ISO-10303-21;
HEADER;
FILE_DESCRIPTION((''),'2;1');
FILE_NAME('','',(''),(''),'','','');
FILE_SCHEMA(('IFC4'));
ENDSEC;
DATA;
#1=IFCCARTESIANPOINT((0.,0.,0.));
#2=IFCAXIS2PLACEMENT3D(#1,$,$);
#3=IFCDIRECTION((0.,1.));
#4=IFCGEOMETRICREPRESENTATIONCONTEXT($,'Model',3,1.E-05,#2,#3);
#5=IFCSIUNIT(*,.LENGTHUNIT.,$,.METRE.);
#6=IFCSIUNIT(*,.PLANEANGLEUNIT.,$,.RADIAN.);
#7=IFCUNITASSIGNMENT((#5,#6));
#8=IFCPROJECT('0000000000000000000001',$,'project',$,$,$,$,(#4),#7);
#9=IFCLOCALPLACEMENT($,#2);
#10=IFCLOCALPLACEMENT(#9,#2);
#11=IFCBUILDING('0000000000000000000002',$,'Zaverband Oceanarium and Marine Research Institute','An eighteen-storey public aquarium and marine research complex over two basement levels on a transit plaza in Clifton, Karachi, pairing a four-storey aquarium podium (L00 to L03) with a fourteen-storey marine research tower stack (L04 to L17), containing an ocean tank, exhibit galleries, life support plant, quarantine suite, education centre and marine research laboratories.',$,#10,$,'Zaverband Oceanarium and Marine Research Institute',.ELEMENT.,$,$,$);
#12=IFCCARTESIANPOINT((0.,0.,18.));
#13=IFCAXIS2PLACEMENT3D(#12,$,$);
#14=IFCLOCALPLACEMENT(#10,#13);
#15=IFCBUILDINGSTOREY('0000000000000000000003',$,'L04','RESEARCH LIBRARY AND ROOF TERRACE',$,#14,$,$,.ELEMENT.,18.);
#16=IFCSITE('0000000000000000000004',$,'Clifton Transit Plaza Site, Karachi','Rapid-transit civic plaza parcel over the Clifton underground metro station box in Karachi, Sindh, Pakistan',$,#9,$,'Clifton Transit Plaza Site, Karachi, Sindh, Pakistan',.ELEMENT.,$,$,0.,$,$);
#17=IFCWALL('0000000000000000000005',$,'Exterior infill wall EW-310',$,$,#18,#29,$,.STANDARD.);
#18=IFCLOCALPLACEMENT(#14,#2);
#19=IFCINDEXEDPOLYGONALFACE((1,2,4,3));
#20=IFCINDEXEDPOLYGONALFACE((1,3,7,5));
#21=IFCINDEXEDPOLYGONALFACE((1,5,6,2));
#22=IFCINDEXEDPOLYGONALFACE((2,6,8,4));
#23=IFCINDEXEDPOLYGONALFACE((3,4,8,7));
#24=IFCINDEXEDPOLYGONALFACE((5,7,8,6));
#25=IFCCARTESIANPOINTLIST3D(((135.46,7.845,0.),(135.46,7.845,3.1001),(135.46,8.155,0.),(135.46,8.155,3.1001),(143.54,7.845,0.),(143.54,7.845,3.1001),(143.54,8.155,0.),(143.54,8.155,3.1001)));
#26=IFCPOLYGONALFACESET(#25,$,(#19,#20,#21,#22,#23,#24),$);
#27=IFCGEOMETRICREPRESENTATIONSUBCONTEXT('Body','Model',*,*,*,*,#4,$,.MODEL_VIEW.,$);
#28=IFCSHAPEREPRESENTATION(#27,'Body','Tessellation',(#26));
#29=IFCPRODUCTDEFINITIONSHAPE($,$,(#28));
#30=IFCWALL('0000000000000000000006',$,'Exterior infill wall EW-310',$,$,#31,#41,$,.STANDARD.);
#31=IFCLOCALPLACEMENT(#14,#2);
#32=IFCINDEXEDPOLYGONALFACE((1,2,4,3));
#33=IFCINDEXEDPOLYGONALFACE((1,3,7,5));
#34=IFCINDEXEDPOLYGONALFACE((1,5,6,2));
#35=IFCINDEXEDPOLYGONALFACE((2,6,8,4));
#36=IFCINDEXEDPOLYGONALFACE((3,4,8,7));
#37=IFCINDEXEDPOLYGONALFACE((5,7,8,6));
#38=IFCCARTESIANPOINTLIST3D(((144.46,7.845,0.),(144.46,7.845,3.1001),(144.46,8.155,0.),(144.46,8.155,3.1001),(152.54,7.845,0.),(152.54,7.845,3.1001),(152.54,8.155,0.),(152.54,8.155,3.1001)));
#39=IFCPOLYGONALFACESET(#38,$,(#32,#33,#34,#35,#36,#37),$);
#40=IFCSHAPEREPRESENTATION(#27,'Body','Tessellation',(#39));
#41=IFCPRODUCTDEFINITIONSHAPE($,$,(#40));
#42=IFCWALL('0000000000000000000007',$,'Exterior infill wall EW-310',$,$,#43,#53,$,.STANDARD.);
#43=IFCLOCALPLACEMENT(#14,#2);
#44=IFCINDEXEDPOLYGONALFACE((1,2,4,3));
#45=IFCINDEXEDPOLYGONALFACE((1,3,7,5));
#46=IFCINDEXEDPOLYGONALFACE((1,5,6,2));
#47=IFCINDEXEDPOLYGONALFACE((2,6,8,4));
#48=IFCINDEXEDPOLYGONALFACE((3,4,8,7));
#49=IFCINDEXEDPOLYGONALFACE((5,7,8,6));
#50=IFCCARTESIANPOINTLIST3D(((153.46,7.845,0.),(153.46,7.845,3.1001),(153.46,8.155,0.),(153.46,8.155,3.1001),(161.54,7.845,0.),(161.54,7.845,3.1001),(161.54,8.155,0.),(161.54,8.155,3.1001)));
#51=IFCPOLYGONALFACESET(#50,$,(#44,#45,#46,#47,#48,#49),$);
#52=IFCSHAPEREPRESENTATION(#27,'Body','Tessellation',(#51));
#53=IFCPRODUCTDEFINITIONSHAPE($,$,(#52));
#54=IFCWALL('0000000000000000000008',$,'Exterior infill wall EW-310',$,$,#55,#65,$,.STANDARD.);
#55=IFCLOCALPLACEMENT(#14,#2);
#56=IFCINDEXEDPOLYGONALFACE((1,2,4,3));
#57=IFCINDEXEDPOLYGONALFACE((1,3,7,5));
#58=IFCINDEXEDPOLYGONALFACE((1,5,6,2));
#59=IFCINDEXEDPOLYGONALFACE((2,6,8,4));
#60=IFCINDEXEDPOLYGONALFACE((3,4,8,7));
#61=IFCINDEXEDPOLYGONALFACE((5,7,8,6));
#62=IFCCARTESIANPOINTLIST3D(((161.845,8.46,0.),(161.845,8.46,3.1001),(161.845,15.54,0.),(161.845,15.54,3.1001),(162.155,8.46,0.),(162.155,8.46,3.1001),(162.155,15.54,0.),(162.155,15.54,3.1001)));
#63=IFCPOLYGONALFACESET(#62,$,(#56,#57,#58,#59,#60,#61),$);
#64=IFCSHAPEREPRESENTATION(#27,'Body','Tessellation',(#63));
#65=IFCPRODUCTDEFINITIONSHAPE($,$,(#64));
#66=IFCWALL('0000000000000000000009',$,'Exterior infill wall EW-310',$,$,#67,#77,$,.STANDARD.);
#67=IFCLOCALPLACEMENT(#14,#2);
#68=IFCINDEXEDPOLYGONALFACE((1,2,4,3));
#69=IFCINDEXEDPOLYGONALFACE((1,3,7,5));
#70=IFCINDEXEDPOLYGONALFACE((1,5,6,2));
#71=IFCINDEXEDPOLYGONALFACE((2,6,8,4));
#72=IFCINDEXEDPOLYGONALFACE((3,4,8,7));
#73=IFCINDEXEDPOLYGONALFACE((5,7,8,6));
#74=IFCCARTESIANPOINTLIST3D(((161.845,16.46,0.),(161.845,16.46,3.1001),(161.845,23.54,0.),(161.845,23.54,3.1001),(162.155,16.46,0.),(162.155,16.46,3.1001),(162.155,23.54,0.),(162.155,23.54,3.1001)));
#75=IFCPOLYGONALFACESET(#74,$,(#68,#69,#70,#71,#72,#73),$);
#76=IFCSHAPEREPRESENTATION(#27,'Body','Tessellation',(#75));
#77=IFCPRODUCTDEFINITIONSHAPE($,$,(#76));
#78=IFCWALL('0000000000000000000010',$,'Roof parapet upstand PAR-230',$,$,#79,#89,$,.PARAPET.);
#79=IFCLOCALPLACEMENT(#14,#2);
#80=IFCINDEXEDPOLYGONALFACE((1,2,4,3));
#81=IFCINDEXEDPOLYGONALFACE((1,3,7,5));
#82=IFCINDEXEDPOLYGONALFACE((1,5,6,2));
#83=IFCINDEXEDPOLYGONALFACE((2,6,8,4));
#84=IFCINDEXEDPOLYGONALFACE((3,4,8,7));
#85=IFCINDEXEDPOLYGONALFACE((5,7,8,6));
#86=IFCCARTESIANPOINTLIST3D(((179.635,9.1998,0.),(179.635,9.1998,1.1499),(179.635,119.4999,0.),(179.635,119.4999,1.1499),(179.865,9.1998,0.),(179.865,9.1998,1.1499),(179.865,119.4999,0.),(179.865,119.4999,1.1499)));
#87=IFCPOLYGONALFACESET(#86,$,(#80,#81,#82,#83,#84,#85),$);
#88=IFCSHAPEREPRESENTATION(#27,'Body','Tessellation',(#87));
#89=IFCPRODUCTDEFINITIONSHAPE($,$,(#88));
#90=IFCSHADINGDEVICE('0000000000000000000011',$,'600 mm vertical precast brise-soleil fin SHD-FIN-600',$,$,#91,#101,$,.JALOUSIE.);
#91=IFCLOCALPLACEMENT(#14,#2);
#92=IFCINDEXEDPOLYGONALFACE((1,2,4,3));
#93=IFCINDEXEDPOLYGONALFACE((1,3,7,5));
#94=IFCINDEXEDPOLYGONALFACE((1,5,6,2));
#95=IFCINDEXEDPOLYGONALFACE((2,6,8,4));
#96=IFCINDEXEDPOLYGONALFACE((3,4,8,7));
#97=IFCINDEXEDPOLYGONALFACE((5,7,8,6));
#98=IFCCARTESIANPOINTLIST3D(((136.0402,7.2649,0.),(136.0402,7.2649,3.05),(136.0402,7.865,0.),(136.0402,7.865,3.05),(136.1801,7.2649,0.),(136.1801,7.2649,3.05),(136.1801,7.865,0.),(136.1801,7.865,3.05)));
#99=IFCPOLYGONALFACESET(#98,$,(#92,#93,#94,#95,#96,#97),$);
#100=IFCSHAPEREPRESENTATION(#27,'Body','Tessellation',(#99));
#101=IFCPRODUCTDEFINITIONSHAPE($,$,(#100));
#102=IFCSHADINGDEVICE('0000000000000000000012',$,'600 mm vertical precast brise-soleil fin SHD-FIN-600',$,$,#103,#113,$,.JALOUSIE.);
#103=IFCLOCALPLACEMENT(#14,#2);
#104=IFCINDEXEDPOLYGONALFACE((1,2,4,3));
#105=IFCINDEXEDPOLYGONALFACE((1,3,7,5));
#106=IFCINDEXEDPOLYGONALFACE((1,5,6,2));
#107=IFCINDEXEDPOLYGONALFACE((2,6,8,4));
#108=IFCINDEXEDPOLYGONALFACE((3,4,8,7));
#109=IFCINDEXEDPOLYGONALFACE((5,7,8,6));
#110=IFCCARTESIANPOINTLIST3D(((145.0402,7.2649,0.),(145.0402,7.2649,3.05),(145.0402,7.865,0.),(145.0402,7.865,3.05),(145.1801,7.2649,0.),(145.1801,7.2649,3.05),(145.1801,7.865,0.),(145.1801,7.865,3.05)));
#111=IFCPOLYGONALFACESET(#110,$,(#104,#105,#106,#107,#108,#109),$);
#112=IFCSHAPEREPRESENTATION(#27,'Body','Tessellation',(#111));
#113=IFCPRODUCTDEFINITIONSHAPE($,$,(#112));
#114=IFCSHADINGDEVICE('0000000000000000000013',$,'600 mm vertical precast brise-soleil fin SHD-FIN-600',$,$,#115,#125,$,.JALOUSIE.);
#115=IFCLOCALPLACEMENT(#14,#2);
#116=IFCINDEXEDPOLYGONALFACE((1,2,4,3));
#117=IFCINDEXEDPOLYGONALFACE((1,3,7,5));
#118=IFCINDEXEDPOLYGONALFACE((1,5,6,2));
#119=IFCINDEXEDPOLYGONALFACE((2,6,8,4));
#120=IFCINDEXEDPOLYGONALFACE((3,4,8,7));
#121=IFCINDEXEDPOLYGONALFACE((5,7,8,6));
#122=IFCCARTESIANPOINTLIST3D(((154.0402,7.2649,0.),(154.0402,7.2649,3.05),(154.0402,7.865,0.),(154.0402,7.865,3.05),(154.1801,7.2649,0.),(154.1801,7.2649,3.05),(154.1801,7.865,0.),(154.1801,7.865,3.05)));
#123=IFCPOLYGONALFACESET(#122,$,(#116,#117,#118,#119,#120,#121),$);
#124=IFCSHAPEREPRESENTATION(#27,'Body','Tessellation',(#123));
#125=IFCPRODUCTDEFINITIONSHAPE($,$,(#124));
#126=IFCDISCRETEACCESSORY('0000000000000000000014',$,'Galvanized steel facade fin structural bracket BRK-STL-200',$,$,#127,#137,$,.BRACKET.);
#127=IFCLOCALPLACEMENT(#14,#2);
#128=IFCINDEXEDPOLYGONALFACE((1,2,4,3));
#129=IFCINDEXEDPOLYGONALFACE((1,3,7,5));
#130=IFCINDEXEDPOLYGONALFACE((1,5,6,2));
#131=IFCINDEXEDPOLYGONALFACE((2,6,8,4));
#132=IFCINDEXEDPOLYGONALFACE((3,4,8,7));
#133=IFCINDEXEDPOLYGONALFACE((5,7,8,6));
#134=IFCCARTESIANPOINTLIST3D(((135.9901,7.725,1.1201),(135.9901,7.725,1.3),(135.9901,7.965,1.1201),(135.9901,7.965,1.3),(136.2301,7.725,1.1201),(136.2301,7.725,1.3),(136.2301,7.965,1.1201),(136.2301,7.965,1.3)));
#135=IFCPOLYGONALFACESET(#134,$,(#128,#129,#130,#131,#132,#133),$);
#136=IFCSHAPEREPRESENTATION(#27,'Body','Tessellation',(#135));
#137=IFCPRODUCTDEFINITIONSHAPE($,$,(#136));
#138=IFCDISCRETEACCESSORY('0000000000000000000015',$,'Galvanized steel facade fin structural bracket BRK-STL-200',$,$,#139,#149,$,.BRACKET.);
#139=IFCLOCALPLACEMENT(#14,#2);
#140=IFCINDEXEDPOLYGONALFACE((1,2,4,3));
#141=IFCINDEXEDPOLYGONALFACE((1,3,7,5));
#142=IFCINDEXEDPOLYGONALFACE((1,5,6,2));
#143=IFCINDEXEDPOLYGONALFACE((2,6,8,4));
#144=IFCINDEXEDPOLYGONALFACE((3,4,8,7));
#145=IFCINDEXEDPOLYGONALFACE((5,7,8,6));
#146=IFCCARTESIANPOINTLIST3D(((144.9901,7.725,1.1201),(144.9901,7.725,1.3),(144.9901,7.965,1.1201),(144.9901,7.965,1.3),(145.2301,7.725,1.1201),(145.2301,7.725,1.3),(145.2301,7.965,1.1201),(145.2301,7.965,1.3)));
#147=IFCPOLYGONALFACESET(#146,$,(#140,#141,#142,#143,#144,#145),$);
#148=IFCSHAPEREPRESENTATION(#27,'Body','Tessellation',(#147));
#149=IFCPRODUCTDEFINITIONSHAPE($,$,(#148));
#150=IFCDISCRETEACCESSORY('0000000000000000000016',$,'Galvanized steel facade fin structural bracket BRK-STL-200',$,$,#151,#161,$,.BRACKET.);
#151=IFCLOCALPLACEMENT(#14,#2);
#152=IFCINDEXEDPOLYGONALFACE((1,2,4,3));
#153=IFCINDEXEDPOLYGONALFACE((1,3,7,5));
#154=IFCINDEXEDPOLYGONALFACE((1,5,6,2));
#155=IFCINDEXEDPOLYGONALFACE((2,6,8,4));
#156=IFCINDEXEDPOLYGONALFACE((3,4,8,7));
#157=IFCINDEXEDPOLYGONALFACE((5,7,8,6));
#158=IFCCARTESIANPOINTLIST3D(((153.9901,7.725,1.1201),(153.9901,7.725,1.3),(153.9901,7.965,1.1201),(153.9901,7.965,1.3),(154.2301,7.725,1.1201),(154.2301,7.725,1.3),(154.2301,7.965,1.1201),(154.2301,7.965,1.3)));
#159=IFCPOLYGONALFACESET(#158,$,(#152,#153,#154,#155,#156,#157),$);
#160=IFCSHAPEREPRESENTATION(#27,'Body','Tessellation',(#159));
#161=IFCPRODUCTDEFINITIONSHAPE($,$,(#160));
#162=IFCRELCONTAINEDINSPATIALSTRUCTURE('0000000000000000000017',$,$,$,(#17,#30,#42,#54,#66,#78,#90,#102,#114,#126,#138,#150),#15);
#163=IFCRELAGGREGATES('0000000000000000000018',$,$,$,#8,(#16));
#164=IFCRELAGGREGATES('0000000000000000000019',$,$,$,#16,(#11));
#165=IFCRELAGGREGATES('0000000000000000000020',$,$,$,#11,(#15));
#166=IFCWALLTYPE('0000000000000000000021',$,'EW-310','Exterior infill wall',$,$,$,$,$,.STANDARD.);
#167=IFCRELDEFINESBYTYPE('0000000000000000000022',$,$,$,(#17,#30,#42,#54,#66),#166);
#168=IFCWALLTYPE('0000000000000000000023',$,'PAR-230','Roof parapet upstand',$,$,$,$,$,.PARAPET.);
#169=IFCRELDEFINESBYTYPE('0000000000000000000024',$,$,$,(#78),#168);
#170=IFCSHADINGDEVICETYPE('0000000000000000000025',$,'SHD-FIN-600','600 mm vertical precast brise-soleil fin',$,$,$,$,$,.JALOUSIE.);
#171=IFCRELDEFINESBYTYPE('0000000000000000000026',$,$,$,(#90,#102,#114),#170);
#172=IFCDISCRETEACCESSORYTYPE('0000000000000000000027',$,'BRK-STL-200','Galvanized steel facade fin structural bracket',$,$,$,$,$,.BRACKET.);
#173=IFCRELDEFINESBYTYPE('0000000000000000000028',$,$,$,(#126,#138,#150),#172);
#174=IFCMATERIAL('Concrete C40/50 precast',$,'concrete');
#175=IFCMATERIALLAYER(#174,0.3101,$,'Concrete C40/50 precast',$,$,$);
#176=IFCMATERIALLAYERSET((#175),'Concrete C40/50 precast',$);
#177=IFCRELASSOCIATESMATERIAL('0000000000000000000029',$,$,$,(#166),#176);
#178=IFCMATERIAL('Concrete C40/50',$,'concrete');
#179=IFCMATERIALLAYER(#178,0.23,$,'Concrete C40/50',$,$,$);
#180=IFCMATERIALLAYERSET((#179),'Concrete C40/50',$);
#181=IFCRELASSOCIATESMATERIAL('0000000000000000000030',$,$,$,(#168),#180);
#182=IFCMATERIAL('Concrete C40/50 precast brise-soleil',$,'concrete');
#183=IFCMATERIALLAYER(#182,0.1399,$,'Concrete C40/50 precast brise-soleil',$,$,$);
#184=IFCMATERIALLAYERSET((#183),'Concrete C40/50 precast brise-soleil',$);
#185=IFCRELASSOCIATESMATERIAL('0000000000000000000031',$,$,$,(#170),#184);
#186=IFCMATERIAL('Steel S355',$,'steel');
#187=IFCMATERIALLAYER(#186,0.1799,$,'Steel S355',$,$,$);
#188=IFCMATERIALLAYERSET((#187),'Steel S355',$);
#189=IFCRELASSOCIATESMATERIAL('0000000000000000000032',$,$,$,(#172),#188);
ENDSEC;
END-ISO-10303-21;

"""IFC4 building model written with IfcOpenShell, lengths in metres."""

from ifc_helpers import new_model, si_unit, direction, frame, frame_2d, origin, origin_2d, place, context, subcontext, project, spatial, rectangle, extrude, material, layer, layer_set, type_object, element, save


model = new_model("IFC4")

# Units and contexts
model_context = context("Model", 3, precision=1e-05, world=origin(), true_north=direction((0.0, 1.0)))
body_context = subcontext(model_context, "Body", "Model", "MODEL_VIEW")
ifc_project = project(units=[si_unit("LENGTHUNIT", "METRE"), si_unit("PLANEANGLEUNIT", "RADIAN")], contexts=[model_context])

# Site, building, storey
site_placement = place(None, origin())
site = spatial("IfcSite", under=ifc_project, at=site_placement, Name="Clifton Transit Plaza Site, Karachi", Description="Rapid-transit civic plaza parcel over the Clifton underground metro station box in Karachi, Sindh, Pakistan", LongName="Clifton Transit Plaza Site, Karachi, Sindh, Pakistan", CompositionType="ELEMENT", RefElevation=0.0)
building_placement = place(site_placement, origin())
building = spatial("IfcBuilding", under=site, at=building_placement, Name="Zaverband Oceanarium and Marine Research Institute", Description="An eighteen-storey public aquarium and marine research complex over two basement levels on a transit plaza in Clifton, Karachi, pairing a four-storey aquarium podium (L00 to L03) with a fourteen-storey marine research tower stack (L04 to L17), containing an ocean tank, exhibit galleries, life support plant, quarantine suite, education centre and marine research laboratories.", LongName="Zaverband Oceanarium and Marine Research Institute", CompositionType="ELEMENT")
storey_placement = place(building_placement, frame((0.0, 0.0, 18.0)))
storey = spatial("IfcBuildingStorey", under=building, at=storey_placement, Name="L04", Description="RESEARCH LIBRARY AND ROOF TERRACE", CompositionType="ELEMENT", Elevation=18.0)

# Shared definitions
ifc_material_1 = material(Name="Steel S355", Category="steel")

# Walls
ifc_material_2 = material(Name="Concrete C40/50 precast", Category="concrete")
ifc_layer_1 = layer(ifc_material_2, 0.3101, Name="Concrete C40/50 precast")
ifc_layer_set_1 = layer_set([ifc_layer_1], Name="Concrete C40/50 precast")
wall_type_1 = type_object("IfcWallType", Name="EW-310", Description="Exterior infill wall", PredefinedType="STANDARD", material=ifc_layer_set_1)
for number, where, z_axis, x_axis, name in (
    (1, (135.46, 8.0, 0.0), (0.0, 0.0, 1.0), (1.0, 0.0, 0.0), "Exterior infill wall EW-310"),
    (2, (144.46, 8.0, 0.0), (0.0, 0.0, 1.0), (1.0, 0.0, 0.0), "Exterior infill wall EW-310"),
    (3, (153.46, 8.0, 0.0), (0.0, 0.0, 1.0), (1.0, 0.0, 0.0), "Exterior infill wall EW-310"),
):
    element("IfcWall", number, at=place(storey_placement, frame(where, z_axis=z_axis, x_axis=x_axis)), inside=storey, type_object=wall_type_1, Name=name, PredefinedType="STANDARD", context=body_context, shape_type="SweptSolid", body=[
        extrude(rectangle(XDim=8.0801, YDim=0.3101, at=frame_2d((4.04, 0.0))), origin(), (0.0, 0.0, 1.0), 3.1001),
    ])
for number, where, z_axis, x_axis, name in (
    (4, (162.0, 8.46, 0.0), (0.0, 0.0, 1.0), (0.0, 1.0, 0.0), "Exterior infill wall EW-310"),
    (5, (162.0, 16.46, 0.0), (0.0, 0.0, 1.0), (0.0, 1.0, 0.0), "Exterior infill wall EW-310"),
):
    element("IfcWall", number, at=place(storey_placement, frame(where, z_axis=z_axis, x_axis=x_axis)), inside=storey, type_object=wall_type_1, Name=name, PredefinedType="STANDARD", context=body_context, shape_type="SweptSolid", body=[
        extrude(rectangle(XDim=7.0801, YDim=0.3101, at=frame_2d((3.54, 0.0))), origin(), (0.0, 0.0, 1.0), 3.1001),
    ])
ifc_material_3 = material(Name="Concrete C40/50", Category="concrete")
ifc_layer_2 = layer(ifc_material_3, 0.23, Name="Concrete C40/50")
ifc_layer_set_2 = layer_set([ifc_layer_2], Name="Concrete C40/50")
wall_type_2 = type_object("IfcWallType", Name="PAR-230", Description="Roof parapet upstand", PredefinedType="PARAPET", material=ifc_layer_set_2)
wall_placement = place(storey_placement, frame((179.75, 9.2, 0.0), z_axis=(0.0, 0.0, 1.0), x_axis=(0.0, 1.0, 0.0)))
element("IfcWall", 6, at=wall_placement, inside=storey, type_object=wall_type_2, Name="Roof parapet upstand PAR-230", PredefinedType="PARAPET", context=body_context, shape_type="SweptSolid", body=[
    extrude(rectangle(XDim=110.3, YDim=0.23, at=frame_2d((55.1499, 0.0))), origin(), (0.0, 0.0, 1.0), 1.1499),
])

# Shading devices
ifc_material_4 = material(Name="Concrete C40/50 precast brise-soleil", Category="concrete")
ifc_layer_3 = layer(ifc_material_4, 0.1399, Name="Concrete C40/50 precast brise-soleil")
ifc_layer_set_3 = layer_set([ifc_layer_3], Name="Concrete C40/50 precast brise-soleil")
shading_device_type = type_object("IfcShadingDeviceType", Name="SHD-FIN-600", Description="600 mm vertical precast brise-soleil fin", PredefinedType="JALOUSIE", material=ifc_layer_set_3)
for number, where, z_axis, x_axis, name in (
    (7, (136.1101, 7.865, 0.0), (0.0, 0.0, 1.0), (0.0, -1.0, 0.0), "600 mm vertical precast brise-soleil fin SHD-FIN-600"),
    (8, (145.1101, 7.865, 0.0), (0.0, 0.0, 1.0), (0.0, -1.0, 0.0), "600 mm vertical precast brise-soleil fin SHD-FIN-600"),
    (9, (154.1101, 7.865, 0.0), (0.0, 0.0, 1.0), (0.0, -1.0, 0.0), "600 mm vertical precast brise-soleil fin SHD-FIN-600"),
):
    element("IfcShadingDevice", number, at=place(storey_placement, frame(where, z_axis=z_axis, x_axis=x_axis)), inside=storey, type_object=shading_device_type, Name=name, PredefinedType="JALOUSIE", context=body_context, shape_type="SweptSolid", body=[
        extrude(rectangle(XDim=0.6001, YDim=0.1399, at=frame_2d((0.3, 0.0))), origin(), (0.0, 0.0, 1.0), 3.05),
    ])

# Discrete accessories
ifc_layer_4 = layer(ifc_material_1, 0.1799, Name="Steel S355")
ifc_layer_set_4 = layer_set([ifc_layer_4], Name="Steel S355")
discrete_accessory_type = type_object("IfcDiscreteAccessoryType", Name="BRK-STL-200", Description="Galvanized steel facade fin structural bracket", PredefinedType="BRACKET", material=ifc_layer_set_4)
for number, where, z_axis, x_axis, name in (
    (10, (136.1101, 7.845, 1.1201), (0.0, 0.0, 1.0), (1.0, 0.0, 0.0), "Galvanized steel facade fin structural bracket BRK-STL-200"),
    (11, (145.1101, 7.845, 1.1201), (0.0, 0.0, 1.0), (1.0, 0.0, 0.0), "Galvanized steel facade fin structural bracket BRK-STL-200"),
    (12, (154.1101, 7.845, 1.1201), (0.0, 0.0, 1.0), (1.0, 0.0, 0.0), "Galvanized steel facade fin structural bracket BRK-STL-200"),
):
    element("IfcDiscreteAccessory", number, at=place(storey_placement, frame(where, z_axis=z_axis, x_axis=x_axis)), inside=storey, type_object=discrete_accessory_type, Name=name, PredefinedType="BRACKET", context=body_context, shape_type="SweptSolid", body=[
        extrude(rectangle(XDim=0.24, YDim=0.24, at=origin_2d()), origin(), (0.0, 0.0, 1.0), 0.1799),
    ])

save(model, "model.ifc")
